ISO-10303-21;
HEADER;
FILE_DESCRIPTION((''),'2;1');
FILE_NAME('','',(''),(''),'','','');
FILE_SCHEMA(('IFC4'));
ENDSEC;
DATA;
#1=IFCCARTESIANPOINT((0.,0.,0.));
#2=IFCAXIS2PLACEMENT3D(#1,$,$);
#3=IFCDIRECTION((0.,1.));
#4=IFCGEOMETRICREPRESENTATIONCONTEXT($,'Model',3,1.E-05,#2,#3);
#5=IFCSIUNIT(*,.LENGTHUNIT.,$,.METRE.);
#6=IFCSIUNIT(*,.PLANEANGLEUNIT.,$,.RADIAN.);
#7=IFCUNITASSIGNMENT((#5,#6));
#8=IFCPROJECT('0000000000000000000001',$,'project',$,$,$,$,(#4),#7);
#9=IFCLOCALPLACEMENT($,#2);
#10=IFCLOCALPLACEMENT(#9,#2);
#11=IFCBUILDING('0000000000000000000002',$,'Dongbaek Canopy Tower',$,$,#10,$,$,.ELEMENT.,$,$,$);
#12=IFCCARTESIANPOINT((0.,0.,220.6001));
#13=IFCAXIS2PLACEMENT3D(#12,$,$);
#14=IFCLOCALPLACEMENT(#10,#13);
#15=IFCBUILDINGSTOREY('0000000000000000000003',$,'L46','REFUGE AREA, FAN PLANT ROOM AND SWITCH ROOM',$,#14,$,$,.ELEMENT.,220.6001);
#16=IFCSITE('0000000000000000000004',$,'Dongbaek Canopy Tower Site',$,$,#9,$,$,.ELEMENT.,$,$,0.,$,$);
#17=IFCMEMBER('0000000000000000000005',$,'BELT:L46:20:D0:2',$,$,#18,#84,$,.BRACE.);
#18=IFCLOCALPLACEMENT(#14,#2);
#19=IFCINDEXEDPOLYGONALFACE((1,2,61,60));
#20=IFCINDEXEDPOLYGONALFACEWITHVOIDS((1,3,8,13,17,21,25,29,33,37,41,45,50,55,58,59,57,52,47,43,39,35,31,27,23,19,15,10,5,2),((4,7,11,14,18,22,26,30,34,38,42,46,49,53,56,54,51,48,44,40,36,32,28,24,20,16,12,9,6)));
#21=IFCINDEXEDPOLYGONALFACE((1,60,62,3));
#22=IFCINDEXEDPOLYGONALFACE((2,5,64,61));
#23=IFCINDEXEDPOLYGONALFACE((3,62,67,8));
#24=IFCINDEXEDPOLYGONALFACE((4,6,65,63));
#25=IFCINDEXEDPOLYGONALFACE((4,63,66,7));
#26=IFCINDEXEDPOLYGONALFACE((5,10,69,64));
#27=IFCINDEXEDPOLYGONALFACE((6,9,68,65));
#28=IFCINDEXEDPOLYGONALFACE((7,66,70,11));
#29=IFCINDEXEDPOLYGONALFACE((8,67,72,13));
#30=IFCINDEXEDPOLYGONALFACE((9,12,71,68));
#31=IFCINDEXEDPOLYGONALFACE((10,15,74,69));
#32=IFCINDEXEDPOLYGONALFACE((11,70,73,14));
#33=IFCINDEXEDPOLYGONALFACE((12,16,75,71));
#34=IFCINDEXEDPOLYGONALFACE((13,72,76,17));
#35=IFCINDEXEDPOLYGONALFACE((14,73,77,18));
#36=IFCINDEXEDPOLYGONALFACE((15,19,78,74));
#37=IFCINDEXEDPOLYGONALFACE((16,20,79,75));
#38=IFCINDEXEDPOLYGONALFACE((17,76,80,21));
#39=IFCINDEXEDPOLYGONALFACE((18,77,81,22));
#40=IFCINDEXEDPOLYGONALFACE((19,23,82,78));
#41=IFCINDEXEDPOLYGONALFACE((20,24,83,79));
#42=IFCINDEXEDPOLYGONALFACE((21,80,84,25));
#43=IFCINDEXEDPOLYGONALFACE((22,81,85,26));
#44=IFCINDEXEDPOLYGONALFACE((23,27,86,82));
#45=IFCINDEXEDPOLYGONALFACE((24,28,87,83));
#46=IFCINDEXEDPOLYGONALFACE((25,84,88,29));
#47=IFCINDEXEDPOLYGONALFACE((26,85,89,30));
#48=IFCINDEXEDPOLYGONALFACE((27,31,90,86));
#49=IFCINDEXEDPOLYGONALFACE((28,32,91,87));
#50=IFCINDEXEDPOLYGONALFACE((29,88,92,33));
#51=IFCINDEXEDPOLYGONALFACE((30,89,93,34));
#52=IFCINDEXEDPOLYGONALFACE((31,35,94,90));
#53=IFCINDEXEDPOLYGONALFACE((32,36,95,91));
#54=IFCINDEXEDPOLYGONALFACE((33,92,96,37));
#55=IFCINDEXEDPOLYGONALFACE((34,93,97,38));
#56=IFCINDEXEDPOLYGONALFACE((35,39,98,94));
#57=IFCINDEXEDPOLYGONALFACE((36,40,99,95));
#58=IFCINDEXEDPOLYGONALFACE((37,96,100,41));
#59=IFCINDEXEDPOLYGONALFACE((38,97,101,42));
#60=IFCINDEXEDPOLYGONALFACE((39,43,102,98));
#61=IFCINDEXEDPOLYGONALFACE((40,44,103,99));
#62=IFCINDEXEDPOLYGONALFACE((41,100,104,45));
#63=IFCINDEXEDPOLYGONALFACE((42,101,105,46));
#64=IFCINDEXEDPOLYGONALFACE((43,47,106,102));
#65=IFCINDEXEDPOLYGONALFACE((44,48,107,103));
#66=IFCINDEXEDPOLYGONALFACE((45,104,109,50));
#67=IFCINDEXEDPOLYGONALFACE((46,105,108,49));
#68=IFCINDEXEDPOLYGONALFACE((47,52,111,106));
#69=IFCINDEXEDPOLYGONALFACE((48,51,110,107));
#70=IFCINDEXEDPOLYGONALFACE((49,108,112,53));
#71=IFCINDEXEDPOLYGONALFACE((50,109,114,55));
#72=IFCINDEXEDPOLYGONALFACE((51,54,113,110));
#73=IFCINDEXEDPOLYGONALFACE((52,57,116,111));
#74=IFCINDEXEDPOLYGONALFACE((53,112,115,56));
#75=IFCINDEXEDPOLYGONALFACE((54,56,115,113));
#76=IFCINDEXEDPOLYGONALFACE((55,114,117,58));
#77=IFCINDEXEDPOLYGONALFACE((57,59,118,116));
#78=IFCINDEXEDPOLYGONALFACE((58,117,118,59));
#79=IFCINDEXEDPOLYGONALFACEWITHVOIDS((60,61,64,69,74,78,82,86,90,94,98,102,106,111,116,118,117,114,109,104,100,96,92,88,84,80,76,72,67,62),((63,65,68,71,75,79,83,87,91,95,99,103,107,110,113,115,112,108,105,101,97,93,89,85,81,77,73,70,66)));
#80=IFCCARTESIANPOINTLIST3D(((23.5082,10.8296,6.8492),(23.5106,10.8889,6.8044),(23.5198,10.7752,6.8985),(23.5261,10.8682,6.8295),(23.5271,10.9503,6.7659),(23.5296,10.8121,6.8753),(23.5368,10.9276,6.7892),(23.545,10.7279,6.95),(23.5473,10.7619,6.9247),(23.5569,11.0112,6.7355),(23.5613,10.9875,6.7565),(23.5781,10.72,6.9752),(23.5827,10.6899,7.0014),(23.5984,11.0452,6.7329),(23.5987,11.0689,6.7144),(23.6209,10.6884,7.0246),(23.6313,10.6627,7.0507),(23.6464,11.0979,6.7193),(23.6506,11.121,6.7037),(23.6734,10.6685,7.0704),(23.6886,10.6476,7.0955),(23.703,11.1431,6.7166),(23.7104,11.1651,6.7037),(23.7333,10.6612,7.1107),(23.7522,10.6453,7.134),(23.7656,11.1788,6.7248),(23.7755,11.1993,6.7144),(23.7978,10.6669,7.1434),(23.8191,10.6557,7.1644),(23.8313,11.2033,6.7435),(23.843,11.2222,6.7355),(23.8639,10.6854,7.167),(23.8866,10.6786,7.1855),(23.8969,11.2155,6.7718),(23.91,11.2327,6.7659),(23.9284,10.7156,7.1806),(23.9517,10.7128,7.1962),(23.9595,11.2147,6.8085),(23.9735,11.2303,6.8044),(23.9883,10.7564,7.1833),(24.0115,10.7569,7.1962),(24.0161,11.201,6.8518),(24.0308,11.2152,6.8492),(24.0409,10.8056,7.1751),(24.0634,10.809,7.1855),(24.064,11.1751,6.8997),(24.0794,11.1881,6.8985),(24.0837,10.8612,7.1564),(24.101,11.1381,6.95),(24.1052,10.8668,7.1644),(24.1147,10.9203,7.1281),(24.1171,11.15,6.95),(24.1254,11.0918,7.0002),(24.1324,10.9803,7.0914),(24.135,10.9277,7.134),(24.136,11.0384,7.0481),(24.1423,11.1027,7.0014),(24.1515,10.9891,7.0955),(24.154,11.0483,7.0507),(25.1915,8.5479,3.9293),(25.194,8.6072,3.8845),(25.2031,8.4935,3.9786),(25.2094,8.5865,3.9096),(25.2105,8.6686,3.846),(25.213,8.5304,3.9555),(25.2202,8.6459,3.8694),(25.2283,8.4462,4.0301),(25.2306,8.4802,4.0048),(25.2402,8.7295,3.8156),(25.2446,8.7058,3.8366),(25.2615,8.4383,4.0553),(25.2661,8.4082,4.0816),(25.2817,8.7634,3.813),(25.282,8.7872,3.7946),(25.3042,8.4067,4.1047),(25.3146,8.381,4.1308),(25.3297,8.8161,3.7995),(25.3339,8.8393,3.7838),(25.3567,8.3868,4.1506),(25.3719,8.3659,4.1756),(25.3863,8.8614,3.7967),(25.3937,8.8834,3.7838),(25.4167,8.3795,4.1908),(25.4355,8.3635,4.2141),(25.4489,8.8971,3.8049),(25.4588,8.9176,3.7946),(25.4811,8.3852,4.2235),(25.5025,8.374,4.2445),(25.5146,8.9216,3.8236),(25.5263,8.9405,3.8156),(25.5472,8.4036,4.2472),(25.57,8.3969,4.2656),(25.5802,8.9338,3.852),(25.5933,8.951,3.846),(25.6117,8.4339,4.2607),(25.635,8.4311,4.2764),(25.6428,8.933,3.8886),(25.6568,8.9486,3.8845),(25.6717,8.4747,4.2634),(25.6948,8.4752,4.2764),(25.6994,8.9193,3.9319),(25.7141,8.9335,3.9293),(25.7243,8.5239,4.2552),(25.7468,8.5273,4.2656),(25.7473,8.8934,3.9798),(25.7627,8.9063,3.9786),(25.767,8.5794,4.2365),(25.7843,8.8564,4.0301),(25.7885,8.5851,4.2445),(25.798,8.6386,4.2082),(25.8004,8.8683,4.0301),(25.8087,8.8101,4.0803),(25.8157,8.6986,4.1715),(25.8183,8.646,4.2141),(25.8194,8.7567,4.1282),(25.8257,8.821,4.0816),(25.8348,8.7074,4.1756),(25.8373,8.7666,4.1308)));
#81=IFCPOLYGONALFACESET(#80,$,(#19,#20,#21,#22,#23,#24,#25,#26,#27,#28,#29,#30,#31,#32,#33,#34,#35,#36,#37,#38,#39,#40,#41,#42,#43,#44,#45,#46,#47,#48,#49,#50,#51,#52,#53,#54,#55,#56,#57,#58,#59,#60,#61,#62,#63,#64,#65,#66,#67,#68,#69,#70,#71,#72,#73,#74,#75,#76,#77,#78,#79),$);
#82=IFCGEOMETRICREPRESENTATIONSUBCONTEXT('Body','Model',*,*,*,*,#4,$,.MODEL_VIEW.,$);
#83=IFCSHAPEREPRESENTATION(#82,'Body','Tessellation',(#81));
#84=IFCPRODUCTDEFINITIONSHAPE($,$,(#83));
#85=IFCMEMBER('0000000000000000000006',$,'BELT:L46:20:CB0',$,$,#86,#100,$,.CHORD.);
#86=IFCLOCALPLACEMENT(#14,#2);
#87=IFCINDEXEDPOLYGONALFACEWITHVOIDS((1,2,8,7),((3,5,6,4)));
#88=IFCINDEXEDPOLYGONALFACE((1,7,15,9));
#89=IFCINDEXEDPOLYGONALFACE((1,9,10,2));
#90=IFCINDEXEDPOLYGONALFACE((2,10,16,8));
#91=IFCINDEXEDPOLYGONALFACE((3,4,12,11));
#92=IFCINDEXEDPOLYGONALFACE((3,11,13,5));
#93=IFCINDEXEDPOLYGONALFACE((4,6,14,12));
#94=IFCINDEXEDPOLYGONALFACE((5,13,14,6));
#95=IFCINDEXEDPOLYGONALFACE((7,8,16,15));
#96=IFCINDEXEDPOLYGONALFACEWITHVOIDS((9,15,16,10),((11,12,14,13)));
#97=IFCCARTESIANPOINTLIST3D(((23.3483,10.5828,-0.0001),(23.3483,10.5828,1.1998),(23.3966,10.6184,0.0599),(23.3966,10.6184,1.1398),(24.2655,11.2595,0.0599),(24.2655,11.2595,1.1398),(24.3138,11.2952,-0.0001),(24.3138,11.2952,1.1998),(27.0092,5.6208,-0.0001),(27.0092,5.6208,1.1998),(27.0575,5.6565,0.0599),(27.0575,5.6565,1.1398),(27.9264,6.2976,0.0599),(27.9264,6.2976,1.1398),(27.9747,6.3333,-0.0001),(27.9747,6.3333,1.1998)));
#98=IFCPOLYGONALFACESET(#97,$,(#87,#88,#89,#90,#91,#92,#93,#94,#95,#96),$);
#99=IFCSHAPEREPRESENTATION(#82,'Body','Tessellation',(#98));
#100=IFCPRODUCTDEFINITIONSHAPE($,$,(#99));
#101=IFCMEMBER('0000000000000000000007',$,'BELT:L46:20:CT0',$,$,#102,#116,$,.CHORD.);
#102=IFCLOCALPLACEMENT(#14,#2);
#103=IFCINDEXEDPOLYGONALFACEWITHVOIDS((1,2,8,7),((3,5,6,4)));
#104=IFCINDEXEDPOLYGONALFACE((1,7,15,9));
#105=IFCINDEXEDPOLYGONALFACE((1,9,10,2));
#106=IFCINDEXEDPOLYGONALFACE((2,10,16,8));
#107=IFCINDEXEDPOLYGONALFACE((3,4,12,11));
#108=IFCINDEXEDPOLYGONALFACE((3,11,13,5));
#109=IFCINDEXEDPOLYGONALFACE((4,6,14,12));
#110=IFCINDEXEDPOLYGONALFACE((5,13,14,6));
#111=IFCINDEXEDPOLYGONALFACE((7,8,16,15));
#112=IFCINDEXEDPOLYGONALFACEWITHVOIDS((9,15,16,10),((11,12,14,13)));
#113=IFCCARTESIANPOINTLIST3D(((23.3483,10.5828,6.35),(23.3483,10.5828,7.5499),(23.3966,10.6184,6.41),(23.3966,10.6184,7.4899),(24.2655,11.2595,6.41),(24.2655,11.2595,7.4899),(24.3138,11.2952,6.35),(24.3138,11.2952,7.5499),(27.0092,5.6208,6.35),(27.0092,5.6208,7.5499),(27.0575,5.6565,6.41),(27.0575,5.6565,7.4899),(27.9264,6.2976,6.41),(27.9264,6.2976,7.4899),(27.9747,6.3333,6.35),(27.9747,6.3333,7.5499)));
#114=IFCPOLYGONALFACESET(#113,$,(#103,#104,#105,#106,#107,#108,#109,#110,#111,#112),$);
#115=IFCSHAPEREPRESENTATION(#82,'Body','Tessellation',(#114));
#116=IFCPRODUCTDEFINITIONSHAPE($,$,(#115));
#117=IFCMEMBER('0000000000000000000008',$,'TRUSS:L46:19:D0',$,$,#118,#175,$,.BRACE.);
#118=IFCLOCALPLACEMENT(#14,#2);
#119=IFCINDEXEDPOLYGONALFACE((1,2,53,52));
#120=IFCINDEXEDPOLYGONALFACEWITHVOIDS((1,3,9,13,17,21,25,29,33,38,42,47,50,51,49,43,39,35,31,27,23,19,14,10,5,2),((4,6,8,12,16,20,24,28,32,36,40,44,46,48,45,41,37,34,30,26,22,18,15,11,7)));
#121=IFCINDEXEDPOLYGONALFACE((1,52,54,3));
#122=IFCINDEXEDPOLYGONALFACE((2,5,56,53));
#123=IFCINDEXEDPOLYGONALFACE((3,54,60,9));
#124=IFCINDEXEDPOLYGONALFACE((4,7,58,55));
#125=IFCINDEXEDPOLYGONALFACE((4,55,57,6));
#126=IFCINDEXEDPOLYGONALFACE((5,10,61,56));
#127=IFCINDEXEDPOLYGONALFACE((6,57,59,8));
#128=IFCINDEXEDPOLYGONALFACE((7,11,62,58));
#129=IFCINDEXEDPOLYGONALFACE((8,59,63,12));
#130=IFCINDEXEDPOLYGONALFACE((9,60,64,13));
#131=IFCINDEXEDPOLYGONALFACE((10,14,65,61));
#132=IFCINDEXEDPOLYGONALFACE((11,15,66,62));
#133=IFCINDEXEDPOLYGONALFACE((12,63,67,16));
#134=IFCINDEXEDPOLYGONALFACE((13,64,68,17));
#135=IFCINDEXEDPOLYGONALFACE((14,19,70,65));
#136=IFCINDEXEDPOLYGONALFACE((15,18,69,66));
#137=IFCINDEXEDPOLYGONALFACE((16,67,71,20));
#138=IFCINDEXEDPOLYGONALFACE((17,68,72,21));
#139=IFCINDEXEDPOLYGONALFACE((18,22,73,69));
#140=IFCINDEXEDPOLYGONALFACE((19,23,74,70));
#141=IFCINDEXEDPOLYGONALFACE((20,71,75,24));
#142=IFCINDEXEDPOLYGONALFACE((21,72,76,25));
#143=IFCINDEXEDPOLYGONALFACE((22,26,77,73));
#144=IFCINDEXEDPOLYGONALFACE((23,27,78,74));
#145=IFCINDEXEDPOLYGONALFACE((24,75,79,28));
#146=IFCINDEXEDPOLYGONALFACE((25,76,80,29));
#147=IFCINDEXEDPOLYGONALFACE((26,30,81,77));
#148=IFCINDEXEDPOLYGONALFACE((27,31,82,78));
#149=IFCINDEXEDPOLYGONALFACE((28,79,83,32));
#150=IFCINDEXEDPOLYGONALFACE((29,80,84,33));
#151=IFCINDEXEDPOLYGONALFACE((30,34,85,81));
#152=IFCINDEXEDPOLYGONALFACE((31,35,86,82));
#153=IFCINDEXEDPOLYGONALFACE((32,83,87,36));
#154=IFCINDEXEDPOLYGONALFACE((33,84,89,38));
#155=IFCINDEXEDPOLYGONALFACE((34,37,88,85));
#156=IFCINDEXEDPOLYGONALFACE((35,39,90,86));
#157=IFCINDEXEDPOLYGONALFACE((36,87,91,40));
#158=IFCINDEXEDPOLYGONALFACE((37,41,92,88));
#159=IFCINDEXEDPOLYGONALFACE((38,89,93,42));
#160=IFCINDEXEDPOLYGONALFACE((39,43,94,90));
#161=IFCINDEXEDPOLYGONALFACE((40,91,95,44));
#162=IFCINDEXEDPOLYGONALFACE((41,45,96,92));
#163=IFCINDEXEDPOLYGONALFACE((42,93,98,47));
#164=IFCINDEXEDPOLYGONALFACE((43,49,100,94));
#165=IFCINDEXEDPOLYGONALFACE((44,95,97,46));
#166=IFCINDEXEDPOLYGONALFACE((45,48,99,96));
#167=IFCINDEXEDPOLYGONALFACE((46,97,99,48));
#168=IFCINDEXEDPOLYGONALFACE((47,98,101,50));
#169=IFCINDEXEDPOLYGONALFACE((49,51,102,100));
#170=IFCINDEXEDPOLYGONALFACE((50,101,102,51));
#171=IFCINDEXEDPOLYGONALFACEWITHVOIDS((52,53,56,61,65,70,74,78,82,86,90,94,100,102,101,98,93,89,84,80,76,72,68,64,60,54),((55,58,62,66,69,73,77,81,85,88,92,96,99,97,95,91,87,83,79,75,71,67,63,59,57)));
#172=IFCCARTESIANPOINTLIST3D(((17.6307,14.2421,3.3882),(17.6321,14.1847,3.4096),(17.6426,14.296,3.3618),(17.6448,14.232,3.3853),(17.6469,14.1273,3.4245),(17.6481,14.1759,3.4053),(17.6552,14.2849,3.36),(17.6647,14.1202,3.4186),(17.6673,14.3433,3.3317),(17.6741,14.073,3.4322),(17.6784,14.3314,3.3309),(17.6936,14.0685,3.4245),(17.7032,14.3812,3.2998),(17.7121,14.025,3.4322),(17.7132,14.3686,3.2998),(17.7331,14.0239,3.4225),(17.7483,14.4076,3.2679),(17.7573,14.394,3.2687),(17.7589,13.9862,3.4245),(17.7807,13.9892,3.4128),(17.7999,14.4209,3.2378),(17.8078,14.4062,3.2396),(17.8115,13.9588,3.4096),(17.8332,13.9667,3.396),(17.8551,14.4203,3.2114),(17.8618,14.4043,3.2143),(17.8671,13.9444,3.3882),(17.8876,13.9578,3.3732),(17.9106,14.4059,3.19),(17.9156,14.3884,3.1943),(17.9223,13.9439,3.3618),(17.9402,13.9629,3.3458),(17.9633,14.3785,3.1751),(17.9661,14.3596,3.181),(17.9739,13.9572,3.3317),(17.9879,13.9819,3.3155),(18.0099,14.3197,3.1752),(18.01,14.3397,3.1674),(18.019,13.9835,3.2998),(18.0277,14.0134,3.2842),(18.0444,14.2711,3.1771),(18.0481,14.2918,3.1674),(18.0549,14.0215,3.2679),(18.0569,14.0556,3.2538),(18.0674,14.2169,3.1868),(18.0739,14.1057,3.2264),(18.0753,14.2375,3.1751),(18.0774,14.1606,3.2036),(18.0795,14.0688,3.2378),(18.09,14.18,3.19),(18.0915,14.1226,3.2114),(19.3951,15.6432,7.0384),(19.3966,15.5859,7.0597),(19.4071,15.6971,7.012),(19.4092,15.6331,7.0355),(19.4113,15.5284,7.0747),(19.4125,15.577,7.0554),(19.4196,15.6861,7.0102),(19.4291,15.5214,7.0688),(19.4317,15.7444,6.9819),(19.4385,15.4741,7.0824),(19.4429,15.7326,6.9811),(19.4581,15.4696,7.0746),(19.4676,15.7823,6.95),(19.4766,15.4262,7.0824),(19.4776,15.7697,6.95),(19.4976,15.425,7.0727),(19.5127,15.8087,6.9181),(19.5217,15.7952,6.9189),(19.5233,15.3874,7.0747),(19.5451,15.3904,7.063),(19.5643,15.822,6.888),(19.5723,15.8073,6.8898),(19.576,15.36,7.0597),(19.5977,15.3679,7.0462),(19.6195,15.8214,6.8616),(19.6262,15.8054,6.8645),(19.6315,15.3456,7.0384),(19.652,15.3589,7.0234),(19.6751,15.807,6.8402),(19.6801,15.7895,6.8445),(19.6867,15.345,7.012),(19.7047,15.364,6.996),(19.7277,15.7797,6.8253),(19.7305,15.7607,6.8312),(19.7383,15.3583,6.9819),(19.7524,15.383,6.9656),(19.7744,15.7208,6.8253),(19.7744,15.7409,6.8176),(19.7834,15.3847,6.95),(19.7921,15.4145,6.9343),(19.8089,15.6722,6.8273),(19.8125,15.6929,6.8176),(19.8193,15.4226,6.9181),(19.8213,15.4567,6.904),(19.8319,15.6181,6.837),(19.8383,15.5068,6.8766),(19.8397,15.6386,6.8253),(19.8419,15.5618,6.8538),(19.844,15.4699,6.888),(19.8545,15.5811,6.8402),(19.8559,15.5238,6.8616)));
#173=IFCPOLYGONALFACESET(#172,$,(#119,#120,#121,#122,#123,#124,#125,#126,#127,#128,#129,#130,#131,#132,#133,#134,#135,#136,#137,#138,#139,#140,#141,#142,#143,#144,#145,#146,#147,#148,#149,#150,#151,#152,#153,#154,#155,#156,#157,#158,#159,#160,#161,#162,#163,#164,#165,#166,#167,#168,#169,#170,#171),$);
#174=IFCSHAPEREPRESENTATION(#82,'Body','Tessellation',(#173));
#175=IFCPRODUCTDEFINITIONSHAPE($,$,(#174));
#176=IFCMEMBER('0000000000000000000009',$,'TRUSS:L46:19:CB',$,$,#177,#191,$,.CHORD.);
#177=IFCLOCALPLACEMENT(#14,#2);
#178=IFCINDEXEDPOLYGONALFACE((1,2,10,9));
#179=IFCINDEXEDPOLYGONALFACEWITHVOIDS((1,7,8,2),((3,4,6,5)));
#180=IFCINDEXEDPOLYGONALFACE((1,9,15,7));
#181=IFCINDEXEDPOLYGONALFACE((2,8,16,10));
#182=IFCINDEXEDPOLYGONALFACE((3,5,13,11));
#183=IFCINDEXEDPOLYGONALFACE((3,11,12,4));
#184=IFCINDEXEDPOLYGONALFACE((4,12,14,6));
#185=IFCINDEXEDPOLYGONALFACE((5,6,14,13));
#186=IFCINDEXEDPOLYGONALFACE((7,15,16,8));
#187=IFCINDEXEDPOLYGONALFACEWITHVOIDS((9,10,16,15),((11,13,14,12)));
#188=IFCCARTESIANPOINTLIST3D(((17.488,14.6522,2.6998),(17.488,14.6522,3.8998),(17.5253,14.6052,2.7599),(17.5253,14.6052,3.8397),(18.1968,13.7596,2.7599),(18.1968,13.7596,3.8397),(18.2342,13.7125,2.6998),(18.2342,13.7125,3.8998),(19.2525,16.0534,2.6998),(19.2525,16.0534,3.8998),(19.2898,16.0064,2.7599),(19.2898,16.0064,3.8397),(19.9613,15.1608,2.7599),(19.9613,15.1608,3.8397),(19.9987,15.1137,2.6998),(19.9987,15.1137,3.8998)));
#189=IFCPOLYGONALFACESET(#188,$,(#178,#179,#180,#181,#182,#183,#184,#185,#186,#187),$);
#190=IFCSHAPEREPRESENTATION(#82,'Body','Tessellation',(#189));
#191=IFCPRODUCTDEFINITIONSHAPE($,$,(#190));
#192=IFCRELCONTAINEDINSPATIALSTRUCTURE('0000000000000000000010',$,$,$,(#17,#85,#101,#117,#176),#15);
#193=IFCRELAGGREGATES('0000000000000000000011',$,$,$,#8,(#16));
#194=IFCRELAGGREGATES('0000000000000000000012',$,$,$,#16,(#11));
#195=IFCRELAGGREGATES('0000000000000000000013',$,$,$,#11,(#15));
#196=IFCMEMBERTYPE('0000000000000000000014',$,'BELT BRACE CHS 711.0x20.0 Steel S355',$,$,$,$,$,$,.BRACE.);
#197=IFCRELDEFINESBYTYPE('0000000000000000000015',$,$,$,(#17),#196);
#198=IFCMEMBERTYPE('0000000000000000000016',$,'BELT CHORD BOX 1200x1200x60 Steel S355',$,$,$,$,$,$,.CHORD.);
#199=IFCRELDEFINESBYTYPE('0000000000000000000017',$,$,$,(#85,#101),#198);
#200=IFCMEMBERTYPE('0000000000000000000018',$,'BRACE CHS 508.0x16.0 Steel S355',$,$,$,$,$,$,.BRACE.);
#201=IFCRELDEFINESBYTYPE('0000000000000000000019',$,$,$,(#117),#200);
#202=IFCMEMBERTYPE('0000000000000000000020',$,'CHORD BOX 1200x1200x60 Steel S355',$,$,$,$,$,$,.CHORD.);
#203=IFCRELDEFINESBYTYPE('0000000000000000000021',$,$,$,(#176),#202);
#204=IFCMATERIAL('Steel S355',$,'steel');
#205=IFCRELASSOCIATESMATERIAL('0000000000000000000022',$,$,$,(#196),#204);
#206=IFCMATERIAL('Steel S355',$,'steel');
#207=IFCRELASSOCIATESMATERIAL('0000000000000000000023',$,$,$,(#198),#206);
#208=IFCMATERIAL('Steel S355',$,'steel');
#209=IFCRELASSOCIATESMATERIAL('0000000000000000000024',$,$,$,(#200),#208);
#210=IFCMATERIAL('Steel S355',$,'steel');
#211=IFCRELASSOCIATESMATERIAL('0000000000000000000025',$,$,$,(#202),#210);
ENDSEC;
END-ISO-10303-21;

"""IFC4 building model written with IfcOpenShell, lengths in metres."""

from ifc_helpers import new_model, si_unit, direction, frame, origin, origin_2d, place, context, subcontext, project, spatial, hollow_rectangle, hollow_circle, extrude, material, material_profile, profile_set, type_object, element, save


model = new_model("IFC4")

# Units and contexts
model_context = context("Model", 3, precision=1e-05, world=origin(), true_north=direction((0.0, 1.0)))
body_context = subcontext(model_context, "Body", "Model", "MODEL_VIEW")
ifc_project = project(units=[si_unit("LENGTHUNIT", "METRE"), si_unit("PLANEANGLEUNIT", "RADIAN")], contexts=[model_context])

# Site, building, storey
site_placement = place(None, origin())
site = spatial("IfcSite", under=ifc_project, at=site_placement, Name="Dongbaek Canopy Tower Site", CompositionType="ELEMENT", RefElevation=0.0)
building_placement = place(site_placement, origin())
building = spatial("IfcBuilding", under=site, at=building_placement, Name="Dongbaek Canopy Tower", CompositionType="ELEMENT")
storey_placement = place(building_placement, frame((0.0, 0.0, 220.6001)))
storey = spatial("IfcBuildingStorey", under=building, at=storey_placement, Name="L46", Description="REFUGE AREA, FAN PLANT ROOM AND SWITCH ROOM", CompositionType="ELEMENT", Elevation=220.6001)

# Members
ifc_material_1 = material(Name="Steel S355", Category="steel")
ifc_material_profile_1 = material_profile(ifc_material_1, hollow_circle(Radius=0.3555, WallThickness=0.02, at=origin_2d()), Name="BELT BRACE CHS 711.0x20.0 Steel S355")
ifc_profile_set_1 = profile_set([ifc_material_profile_1], Name="Steel S355")
member_type_1 = type_object("IfcMemberType", Name="BELT BRACE CHS 711.0x20.0 Steel S355", PredefinedType="BRACE", material=ifc_profile_set_1)
member_1_placement = place(storey_placement, frame((23.8311, 10.939, 6.95), z_axis=(0.413586, -0.560606, -0.717403), x_axis=(0.804707, 0.593672, 0.0)))
element("IfcMember", 1, at=member_1_placement, inside=storey, type_object=member_type_1, Name="BELT:L46:20:D0:2", PredefinedType="BRACE", context=body_context, shape_type="SweptSolid", body=[
    extrude(hollow_circle(Radius=0.3555, WallThickness=0.02, at=origin_2d()), origin(), (0.0, 0.0, 1.0), 4.0701),
])
ifc_material_2 = material(Name="Steel S355", Category="steel")
ifc_material_profile_2 = material_profile(ifc_material_2, hollow_rectangle(XDim=1.2, YDim=1.2, WallThickness=0.0601, at=origin_2d()), Name="BELT CHORD BOX 1200x1200x60 Steel S355")
ifc_profile_set_2 = profile_set([ifc_material_profile_2], Name="Steel S355")
member_type_2 = type_object("IfcMemberType", Name="BELT CHORD BOX 1200x1200x60 Steel S355", PredefinedType="CHORD", material=ifc_profile_set_2)
for number, where, z_axis, x_axis, name in (
    (2, (23.8311, 10.939, 0.5999), (0.593697, -0.804688, 0.0), (0.804688, 0.593697, 0.0), "BELT:L46:20:CB0"),
    (3, (23.8311, 10.939, 6.95), (0.593697, -0.804688, 0.0), (0.804688, 0.593697, 0.0), "BELT:L46:20:CT0"),
):
    element("IfcMember", number, at=place(storey_placement, frame(where, z_axis=z_axis, x_axis=x_axis)), inside=storey, type_object=member_type_2, Name=name, PredefinedType="CHORD", context=body_context, shape_type="SweptSolid", body=[
        extrude(hollow_rectangle(XDim=1.2, YDim=1.2, WallThickness=0.0601, at=origin_2d()), origin(), (0.0, 0.0, 1.0), 6.1663),
    ])
ifc_material_3 = material(Name="Steel S355", Category="steel")
ifc_material_profile_3 = material_profile(ifc_material_3, hollow_circle(Radius=0.2539, WallThickness=0.0161, at=origin_2d()), Name="BRACE CHS 508.0x16.0 Steel S355")
ifc_profile_set_3 = profile_set([ifc_material_profile_3], Name="Steel S355")
member_type_3 = type_object("IfcMemberType", Name="BRACE CHS 508.0x16.0 Steel S355", PredefinedType="BRACE", material=ifc_profile_set_3)
member_2_placement = place(storey_placement, frame((17.8611, 14.1824, 3.2998), z_axis=(0.411331, 0.32664, 0.850949), x_axis=(-0.621876, 0.783116, 0.0)))
element("IfcMember", 4, at=member_2_placement, inside=storey, type_object=member_type_3, Name="TRUSS:L46:19:D0", PredefinedType="BRACE", context=body_context, shape_type="SweptSolid", body=[
    extrude(hollow_circle(Radius=0.2539, WallThickness=0.0161, at=origin_2d()), origin(), (0.0, 0.0, 1.0), 4.2896),
])
ifc_material_4 = material(Name="Steel S355", Category="steel")
ifc_material_profile_4 = material_profile(ifc_material_4, hollow_rectangle(XDim=1.2, YDim=1.2, WallThickness=0.0601, at=origin_2d()), Name="CHORD BOX 1200x1200x60 Steel S355")
ifc_profile_set_4 = profile_set([ifc_material_profile_4], Name="Steel S355")
member_type_4 = type_object("IfcMemberType", Name="CHORD BOX 1200x1200x60 Steel S355", PredefinedType="CHORD", material=ifc_profile_set_4)
for number, where, z_axis, x_axis, name in (
    (5, (17.8611, 14.1824, 3.2998), (0.783116, 0.621876, 0.0), (-0.621876, 0.783116, 0.0), "TRUSS:L46:19:CB"),
):
    element("IfcMember", number, at=place(storey_placement, frame(where, z_axis=z_axis, x_axis=x_axis)), inside=storey, type_object=member_type_4, Name=name, PredefinedType="CHORD", context=body_context, shape_type="SweptSolid", body=[
        extrude(hollow_rectangle(XDim=1.2, YDim=1.2, WallThickness=0.0601, at=origin_2d()), origin(), (0.0, 0.0, 1.0), 2.2532),
    ])

save(model, "model.ifc")
